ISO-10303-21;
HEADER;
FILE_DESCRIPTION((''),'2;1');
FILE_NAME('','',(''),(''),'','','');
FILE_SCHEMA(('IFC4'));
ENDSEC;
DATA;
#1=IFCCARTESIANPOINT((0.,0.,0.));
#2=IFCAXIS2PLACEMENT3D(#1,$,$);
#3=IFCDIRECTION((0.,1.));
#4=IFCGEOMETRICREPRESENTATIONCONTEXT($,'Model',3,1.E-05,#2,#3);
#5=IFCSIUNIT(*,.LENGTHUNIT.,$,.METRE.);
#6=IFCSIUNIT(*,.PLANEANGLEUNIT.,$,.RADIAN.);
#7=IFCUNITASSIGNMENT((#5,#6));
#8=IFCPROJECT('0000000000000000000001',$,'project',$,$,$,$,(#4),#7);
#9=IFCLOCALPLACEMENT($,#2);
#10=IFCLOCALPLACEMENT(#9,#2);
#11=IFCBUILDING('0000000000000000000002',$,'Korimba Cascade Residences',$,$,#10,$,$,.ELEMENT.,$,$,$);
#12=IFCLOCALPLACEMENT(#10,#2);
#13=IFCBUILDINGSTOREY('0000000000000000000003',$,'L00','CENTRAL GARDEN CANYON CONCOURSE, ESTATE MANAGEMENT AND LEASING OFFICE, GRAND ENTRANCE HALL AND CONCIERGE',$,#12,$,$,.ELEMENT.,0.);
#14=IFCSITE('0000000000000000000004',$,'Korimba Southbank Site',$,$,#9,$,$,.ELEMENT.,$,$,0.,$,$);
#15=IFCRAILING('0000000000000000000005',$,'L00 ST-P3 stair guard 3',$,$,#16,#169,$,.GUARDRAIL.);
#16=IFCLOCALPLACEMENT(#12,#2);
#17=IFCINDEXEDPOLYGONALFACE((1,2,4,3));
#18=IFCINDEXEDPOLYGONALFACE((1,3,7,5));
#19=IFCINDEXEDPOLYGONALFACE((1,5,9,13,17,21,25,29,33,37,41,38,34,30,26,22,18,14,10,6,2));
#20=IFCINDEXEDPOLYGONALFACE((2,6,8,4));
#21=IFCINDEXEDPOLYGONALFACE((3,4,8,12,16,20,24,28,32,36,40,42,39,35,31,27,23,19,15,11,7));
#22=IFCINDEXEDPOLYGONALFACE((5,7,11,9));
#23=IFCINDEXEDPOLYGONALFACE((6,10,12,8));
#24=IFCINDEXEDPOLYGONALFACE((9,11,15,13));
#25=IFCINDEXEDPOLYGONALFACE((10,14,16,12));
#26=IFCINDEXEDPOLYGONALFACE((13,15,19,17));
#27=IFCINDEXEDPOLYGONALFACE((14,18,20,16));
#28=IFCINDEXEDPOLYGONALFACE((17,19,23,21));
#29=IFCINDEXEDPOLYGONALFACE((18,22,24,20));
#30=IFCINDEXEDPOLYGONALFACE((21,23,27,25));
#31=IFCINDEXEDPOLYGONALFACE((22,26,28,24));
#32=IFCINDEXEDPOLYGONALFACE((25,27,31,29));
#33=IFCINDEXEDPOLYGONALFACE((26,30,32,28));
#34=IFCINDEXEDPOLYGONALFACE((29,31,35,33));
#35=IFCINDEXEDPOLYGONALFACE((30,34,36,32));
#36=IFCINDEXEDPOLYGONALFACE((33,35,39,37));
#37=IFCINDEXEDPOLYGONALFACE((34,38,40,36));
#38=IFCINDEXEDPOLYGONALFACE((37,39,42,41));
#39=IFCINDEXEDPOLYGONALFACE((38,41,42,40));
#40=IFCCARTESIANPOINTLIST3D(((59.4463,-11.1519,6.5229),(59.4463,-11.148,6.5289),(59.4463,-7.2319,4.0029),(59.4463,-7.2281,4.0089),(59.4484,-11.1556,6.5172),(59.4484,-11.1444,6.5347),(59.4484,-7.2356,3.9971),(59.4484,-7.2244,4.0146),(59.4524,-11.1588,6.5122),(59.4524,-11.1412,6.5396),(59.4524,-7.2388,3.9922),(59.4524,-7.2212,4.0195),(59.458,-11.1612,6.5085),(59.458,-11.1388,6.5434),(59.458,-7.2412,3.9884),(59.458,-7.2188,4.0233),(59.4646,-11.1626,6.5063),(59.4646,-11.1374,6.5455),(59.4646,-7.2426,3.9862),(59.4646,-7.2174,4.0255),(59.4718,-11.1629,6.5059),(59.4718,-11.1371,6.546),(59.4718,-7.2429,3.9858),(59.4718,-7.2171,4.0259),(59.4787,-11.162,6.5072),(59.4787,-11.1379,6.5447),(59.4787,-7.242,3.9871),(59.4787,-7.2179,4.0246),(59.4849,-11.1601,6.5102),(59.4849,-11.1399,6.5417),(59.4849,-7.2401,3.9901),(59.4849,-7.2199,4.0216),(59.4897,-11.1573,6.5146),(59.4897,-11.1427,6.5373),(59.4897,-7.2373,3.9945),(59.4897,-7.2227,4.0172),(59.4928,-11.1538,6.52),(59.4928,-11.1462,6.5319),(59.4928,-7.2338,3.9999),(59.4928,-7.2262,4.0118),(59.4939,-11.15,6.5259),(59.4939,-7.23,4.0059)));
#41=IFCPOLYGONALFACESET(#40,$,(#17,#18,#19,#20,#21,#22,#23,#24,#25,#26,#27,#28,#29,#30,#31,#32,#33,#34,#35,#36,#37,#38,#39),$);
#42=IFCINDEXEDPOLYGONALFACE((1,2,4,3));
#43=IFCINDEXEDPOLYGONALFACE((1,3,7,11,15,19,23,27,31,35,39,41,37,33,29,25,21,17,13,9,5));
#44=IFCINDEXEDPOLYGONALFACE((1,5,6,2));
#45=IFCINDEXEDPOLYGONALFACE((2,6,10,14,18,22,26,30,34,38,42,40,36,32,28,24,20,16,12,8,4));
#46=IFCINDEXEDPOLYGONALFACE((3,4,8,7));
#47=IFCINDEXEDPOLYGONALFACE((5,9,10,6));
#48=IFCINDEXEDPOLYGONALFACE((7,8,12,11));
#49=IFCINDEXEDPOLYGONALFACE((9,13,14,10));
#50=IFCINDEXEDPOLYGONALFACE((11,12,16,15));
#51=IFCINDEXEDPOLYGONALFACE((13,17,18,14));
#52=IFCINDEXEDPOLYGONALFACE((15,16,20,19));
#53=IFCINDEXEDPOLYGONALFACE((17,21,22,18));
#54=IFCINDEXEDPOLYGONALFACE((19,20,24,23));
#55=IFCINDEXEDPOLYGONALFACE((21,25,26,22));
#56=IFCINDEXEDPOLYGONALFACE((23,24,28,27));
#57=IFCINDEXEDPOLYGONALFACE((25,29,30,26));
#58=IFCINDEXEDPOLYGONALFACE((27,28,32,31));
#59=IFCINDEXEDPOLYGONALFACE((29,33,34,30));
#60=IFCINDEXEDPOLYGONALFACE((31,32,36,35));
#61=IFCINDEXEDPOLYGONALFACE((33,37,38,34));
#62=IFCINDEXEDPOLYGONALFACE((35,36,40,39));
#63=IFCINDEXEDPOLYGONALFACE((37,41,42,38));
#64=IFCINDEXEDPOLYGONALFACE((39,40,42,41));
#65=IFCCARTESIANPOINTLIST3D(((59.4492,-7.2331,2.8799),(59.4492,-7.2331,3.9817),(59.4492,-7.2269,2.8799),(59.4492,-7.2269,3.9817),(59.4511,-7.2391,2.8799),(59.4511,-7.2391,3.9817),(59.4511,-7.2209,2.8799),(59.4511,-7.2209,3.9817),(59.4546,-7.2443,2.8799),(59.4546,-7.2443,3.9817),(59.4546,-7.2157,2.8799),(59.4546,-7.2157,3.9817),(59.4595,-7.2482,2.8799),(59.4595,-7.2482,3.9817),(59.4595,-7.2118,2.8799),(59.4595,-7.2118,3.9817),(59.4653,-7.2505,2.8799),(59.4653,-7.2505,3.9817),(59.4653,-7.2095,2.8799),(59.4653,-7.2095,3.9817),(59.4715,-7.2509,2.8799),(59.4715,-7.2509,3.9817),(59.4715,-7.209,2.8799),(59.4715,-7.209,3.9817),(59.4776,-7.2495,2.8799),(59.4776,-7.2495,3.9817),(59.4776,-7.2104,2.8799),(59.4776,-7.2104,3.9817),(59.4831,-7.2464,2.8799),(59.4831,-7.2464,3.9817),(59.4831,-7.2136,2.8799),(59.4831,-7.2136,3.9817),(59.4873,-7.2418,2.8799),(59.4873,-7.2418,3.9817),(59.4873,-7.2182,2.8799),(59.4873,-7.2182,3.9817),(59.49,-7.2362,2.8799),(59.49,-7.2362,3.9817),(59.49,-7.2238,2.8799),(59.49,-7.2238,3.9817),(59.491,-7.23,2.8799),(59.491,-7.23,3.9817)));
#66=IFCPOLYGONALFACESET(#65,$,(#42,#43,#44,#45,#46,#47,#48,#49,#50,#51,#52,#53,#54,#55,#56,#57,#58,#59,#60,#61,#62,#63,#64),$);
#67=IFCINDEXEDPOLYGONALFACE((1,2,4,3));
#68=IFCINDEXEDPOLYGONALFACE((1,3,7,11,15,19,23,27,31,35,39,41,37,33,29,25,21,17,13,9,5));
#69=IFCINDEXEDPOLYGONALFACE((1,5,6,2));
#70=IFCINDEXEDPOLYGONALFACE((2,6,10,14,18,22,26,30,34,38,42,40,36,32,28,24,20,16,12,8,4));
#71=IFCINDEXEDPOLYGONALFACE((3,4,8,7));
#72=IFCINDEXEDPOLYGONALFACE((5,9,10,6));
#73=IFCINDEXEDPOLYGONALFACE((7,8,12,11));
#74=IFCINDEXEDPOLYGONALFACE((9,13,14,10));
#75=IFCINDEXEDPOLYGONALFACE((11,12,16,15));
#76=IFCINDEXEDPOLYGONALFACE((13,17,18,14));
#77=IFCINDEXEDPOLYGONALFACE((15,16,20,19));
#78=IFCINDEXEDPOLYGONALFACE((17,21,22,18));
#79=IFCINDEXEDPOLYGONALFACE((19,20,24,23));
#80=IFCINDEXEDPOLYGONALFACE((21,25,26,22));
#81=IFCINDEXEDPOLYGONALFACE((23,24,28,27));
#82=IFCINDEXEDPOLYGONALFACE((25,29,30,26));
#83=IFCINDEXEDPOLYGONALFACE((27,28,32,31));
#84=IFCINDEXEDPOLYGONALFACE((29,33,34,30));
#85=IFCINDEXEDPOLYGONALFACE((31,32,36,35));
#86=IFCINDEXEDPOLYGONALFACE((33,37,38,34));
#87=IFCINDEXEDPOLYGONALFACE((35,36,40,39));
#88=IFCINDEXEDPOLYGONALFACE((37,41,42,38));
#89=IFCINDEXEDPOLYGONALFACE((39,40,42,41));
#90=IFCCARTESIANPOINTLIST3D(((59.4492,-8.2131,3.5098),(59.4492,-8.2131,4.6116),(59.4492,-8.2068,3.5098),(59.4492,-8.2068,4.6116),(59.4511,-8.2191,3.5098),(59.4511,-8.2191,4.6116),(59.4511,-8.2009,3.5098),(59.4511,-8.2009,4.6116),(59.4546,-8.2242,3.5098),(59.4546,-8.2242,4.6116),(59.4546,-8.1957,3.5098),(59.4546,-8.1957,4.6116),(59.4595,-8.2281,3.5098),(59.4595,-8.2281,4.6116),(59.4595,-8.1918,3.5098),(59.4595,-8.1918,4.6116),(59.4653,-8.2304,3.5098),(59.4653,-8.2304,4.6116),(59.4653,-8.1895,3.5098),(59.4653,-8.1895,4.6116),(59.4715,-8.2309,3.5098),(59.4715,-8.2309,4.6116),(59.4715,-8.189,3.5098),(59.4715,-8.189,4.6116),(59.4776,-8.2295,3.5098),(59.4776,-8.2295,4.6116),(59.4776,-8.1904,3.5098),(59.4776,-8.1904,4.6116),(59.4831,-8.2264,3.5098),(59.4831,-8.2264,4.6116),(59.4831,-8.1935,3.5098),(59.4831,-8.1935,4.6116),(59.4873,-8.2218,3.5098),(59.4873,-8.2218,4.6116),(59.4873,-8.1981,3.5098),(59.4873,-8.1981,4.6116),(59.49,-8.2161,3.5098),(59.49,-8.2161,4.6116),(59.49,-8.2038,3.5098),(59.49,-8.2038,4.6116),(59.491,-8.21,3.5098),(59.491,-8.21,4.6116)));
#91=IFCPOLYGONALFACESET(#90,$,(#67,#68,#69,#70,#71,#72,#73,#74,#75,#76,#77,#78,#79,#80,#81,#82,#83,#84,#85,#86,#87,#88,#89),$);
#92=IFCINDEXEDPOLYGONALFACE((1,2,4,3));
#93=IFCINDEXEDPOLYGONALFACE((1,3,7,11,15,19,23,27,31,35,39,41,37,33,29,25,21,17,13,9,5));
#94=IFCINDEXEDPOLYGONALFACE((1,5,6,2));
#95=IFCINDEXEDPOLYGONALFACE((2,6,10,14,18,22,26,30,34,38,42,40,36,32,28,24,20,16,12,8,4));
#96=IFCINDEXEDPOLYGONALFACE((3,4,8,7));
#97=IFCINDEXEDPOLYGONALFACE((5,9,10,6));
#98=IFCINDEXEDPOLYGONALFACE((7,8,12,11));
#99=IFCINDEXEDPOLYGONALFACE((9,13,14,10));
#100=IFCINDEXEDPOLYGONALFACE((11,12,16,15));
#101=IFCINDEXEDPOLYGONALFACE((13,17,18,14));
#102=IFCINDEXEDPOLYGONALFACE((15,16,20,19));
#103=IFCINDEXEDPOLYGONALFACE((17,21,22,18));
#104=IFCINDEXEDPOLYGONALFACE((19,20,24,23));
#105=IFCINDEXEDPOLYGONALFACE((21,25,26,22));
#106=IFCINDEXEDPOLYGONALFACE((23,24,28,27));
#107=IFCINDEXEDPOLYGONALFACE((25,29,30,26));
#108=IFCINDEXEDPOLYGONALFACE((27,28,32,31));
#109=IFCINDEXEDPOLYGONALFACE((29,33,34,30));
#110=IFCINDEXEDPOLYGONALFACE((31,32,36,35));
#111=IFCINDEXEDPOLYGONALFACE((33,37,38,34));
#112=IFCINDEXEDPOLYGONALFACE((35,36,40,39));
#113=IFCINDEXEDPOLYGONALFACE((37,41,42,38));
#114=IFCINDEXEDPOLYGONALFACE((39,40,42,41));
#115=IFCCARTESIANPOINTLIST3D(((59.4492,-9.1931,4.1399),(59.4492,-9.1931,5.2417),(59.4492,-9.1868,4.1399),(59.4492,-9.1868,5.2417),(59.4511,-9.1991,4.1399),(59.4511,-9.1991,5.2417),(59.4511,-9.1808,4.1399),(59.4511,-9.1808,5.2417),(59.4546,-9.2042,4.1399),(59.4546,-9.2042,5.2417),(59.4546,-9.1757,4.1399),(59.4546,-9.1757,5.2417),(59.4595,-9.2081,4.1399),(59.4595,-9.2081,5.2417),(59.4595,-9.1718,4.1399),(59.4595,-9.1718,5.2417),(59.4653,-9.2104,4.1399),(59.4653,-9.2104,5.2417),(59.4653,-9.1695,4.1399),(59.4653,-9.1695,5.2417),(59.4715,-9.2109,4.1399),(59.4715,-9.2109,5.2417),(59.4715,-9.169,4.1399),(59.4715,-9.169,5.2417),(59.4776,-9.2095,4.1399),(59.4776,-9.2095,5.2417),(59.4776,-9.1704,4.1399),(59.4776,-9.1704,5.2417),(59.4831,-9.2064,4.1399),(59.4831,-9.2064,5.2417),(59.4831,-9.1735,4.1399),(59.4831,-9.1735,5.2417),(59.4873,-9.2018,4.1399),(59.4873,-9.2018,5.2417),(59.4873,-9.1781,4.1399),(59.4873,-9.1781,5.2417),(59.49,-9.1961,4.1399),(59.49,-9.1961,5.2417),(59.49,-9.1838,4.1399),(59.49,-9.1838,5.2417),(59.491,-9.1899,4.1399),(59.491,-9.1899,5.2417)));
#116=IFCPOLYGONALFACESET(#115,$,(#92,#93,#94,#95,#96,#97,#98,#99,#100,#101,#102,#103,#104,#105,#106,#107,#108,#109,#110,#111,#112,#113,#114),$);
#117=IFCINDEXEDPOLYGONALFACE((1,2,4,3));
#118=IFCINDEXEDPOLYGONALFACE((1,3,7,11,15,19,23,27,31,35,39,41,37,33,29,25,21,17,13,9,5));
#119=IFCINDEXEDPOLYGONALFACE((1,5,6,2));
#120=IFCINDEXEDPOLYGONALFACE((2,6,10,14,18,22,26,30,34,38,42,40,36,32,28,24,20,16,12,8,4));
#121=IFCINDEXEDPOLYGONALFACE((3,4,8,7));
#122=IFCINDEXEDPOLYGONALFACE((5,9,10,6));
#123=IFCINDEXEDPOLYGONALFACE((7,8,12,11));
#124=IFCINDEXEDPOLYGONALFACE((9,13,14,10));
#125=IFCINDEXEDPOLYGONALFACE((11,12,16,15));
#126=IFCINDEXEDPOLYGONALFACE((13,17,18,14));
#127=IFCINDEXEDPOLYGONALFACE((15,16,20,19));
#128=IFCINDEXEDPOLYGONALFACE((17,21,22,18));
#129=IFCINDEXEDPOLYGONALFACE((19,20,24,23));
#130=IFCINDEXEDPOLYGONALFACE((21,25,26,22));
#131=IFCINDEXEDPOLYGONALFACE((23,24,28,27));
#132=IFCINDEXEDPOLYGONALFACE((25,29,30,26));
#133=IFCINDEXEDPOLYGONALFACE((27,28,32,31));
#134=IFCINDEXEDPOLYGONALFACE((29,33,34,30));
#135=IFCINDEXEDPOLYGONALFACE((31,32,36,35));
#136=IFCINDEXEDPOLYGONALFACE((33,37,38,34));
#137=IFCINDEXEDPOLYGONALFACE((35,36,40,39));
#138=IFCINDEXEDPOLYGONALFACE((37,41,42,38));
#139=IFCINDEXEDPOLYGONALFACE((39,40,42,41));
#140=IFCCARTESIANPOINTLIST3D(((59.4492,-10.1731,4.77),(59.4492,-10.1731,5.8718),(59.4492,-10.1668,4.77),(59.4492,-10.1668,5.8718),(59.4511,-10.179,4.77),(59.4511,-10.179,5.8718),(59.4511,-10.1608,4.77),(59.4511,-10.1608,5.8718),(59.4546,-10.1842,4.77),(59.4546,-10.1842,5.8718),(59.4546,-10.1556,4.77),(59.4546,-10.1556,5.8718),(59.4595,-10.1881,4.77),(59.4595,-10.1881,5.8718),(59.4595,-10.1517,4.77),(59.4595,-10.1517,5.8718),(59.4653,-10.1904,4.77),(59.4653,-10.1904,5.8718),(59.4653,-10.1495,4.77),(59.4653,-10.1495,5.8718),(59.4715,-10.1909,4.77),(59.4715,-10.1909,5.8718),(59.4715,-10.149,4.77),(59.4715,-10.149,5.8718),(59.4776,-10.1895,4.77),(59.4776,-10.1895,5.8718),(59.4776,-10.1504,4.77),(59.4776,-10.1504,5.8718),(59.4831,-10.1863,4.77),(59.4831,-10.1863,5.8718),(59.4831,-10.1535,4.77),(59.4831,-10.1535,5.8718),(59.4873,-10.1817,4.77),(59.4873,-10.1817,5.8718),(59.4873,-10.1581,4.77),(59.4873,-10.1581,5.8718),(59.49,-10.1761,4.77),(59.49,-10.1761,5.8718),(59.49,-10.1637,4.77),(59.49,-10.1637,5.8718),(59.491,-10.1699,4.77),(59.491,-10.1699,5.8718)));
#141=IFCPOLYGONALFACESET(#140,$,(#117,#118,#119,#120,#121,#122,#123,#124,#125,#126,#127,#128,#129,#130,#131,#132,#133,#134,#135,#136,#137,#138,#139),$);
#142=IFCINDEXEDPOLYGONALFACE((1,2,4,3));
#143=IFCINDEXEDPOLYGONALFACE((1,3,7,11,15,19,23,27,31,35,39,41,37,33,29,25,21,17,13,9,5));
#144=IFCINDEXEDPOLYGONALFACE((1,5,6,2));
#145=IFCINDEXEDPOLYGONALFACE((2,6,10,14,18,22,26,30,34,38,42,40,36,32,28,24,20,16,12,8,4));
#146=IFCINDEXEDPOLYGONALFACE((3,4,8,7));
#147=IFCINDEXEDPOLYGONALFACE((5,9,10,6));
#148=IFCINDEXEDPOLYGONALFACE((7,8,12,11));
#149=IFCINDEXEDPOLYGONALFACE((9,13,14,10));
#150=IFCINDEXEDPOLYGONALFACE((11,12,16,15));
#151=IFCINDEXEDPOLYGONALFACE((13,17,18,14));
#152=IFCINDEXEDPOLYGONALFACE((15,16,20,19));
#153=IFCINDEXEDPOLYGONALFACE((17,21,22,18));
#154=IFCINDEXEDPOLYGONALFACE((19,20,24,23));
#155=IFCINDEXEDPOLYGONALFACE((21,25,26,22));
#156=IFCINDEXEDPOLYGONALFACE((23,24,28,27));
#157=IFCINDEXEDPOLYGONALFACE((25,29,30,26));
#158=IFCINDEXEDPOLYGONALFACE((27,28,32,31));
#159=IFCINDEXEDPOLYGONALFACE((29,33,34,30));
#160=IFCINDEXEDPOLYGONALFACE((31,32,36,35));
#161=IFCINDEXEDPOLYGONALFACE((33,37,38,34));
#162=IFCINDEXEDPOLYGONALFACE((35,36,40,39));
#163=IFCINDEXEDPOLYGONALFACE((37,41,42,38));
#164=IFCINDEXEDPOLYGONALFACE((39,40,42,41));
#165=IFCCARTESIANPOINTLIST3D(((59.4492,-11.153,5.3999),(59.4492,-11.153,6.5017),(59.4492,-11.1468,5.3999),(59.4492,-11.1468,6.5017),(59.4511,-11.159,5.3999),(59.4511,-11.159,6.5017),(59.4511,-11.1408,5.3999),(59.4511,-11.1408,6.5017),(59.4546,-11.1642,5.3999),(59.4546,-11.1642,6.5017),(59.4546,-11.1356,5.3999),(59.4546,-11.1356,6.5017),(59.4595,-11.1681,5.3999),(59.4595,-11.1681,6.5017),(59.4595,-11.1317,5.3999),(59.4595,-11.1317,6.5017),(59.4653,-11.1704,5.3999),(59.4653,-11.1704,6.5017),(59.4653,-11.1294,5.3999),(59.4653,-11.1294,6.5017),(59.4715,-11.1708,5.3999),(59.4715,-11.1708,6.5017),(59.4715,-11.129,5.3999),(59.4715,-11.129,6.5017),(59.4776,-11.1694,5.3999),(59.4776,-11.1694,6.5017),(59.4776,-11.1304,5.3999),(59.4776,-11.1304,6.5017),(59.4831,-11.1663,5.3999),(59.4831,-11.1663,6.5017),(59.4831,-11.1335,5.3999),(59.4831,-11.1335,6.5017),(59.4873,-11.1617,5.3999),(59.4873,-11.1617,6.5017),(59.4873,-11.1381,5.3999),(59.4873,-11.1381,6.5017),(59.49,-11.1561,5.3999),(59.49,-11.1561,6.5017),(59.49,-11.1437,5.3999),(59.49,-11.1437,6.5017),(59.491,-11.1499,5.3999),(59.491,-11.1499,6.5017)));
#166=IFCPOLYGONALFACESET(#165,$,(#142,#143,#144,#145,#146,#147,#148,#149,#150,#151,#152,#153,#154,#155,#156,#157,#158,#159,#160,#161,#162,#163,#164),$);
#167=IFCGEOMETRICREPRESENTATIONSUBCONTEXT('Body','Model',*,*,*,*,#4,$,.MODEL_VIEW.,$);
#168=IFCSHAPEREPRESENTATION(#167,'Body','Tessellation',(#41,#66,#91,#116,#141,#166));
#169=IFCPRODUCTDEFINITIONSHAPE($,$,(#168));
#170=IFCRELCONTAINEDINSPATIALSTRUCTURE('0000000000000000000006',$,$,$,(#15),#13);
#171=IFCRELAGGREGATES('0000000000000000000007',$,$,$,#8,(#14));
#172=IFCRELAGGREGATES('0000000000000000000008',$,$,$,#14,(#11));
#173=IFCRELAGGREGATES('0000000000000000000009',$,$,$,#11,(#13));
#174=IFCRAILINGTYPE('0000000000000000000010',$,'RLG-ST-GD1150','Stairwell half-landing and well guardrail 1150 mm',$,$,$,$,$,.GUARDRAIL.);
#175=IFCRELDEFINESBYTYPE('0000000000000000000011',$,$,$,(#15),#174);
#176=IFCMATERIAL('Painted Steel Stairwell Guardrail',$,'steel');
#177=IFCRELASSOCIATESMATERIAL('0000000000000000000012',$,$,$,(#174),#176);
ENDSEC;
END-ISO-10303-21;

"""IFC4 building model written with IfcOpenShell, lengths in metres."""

from ifc_helpers import new_model, si_unit, direction, frame, origin, origin_2d, place, context, subcontext, project, spatial, circle, extrude, material, type_object, element, save


model = new_model("IFC4")

# Units and contexts
model_context = context("Model", 3, precision=1e-05, world=origin(), true_north=direction((0.0, 1.0)))
body_context = subcontext(model_context, "Body", "Model", "MODEL_VIEW")
ifc_project = project(units=[si_unit("LENGTHUNIT", "METRE"), si_unit("PLANEANGLEUNIT", "RADIAN")], contexts=[model_context])

# Site, building, storey
site_placement = place(None, origin())
site = spatial("IfcSite", under=ifc_project, at=site_placement, Name="Korimba Southbank Site", CompositionType="ELEMENT", RefElevation=0.0)
building_placement = place(site_placement, origin())
building = spatial("IfcBuilding", under=site, at=building_placement, Name="Korimba Cascade Residences", CompositionType="ELEMENT")
storey_placement = place(building_placement, origin())
storey = spatial("IfcBuildingStorey", under=building, at=storey_placement, Name="L00", Description="CENTRAL GARDEN CANYON CONCOURSE, ESTATE MANAGEMENT AND LEASING OFFICE, GRAND ENTRANCE HALL AND CONCIERGE", CompositionType="ELEMENT", Elevation=0.0)

# Railing
ifc_material_1 = material(Name="Painted Steel Stairwell Guardrail", Category="steel")
railing_type_1 = type_object("IfcRailingType", Name="RLG-ST-GD1150", Description="Stairwell half-landing and well guardrail 1150 mm", PredefinedType="GUARDRAIL", material=ifc_material_1)
railing_1_placement = place(storey_placement, frame((59.47, -7.23, 2.8799)))
element("IfcRailing", 1, at=railing_1_placement, inside=storey, type_object=railing_type_1, Name="L00 ST-P3 stair guard 3", PredefinedType="GUARDRAIL", context=body_context, shape_type="SweptSolid", body=[
    extrude(circle(Radius=0.0239, at=origin_2d()), frame((0.0, 0.0, 1.126), z_axis=(0.0, -0.841172, 0.540768), x_axis=(1.0, 0.0, 0.0)), (0.0, 0.0, 1.0), 4.6602),
    extrude(circle(Radius=0.021, at=origin_2d()), origin(), (0.0, 0.0, 1.0), 1.1018),
    extrude(circle(Radius=0.021, at=origin_2d()), frame((0.0, -0.98, 0.6299)), (0.0, 0.0, 1.0), 1.1018),
    extrude(circle(Radius=0.021, at=origin_2d()), frame((0.0, -1.96, 1.26)), (0.0, 0.0, 1.0), 1.1018),
    extrude(circle(Radius=0.021, at=origin_2d()), frame((0.0, -2.9399, 1.8901)), (0.0, 0.0, 1.0), 1.1018),
    extrude(circle(Radius=0.021, at=origin_2d()), frame((0.0, -3.9199, 2.52)), (0.0, 0.0, 1.0), 1.1018),
])

save(model, "model.ifc")
